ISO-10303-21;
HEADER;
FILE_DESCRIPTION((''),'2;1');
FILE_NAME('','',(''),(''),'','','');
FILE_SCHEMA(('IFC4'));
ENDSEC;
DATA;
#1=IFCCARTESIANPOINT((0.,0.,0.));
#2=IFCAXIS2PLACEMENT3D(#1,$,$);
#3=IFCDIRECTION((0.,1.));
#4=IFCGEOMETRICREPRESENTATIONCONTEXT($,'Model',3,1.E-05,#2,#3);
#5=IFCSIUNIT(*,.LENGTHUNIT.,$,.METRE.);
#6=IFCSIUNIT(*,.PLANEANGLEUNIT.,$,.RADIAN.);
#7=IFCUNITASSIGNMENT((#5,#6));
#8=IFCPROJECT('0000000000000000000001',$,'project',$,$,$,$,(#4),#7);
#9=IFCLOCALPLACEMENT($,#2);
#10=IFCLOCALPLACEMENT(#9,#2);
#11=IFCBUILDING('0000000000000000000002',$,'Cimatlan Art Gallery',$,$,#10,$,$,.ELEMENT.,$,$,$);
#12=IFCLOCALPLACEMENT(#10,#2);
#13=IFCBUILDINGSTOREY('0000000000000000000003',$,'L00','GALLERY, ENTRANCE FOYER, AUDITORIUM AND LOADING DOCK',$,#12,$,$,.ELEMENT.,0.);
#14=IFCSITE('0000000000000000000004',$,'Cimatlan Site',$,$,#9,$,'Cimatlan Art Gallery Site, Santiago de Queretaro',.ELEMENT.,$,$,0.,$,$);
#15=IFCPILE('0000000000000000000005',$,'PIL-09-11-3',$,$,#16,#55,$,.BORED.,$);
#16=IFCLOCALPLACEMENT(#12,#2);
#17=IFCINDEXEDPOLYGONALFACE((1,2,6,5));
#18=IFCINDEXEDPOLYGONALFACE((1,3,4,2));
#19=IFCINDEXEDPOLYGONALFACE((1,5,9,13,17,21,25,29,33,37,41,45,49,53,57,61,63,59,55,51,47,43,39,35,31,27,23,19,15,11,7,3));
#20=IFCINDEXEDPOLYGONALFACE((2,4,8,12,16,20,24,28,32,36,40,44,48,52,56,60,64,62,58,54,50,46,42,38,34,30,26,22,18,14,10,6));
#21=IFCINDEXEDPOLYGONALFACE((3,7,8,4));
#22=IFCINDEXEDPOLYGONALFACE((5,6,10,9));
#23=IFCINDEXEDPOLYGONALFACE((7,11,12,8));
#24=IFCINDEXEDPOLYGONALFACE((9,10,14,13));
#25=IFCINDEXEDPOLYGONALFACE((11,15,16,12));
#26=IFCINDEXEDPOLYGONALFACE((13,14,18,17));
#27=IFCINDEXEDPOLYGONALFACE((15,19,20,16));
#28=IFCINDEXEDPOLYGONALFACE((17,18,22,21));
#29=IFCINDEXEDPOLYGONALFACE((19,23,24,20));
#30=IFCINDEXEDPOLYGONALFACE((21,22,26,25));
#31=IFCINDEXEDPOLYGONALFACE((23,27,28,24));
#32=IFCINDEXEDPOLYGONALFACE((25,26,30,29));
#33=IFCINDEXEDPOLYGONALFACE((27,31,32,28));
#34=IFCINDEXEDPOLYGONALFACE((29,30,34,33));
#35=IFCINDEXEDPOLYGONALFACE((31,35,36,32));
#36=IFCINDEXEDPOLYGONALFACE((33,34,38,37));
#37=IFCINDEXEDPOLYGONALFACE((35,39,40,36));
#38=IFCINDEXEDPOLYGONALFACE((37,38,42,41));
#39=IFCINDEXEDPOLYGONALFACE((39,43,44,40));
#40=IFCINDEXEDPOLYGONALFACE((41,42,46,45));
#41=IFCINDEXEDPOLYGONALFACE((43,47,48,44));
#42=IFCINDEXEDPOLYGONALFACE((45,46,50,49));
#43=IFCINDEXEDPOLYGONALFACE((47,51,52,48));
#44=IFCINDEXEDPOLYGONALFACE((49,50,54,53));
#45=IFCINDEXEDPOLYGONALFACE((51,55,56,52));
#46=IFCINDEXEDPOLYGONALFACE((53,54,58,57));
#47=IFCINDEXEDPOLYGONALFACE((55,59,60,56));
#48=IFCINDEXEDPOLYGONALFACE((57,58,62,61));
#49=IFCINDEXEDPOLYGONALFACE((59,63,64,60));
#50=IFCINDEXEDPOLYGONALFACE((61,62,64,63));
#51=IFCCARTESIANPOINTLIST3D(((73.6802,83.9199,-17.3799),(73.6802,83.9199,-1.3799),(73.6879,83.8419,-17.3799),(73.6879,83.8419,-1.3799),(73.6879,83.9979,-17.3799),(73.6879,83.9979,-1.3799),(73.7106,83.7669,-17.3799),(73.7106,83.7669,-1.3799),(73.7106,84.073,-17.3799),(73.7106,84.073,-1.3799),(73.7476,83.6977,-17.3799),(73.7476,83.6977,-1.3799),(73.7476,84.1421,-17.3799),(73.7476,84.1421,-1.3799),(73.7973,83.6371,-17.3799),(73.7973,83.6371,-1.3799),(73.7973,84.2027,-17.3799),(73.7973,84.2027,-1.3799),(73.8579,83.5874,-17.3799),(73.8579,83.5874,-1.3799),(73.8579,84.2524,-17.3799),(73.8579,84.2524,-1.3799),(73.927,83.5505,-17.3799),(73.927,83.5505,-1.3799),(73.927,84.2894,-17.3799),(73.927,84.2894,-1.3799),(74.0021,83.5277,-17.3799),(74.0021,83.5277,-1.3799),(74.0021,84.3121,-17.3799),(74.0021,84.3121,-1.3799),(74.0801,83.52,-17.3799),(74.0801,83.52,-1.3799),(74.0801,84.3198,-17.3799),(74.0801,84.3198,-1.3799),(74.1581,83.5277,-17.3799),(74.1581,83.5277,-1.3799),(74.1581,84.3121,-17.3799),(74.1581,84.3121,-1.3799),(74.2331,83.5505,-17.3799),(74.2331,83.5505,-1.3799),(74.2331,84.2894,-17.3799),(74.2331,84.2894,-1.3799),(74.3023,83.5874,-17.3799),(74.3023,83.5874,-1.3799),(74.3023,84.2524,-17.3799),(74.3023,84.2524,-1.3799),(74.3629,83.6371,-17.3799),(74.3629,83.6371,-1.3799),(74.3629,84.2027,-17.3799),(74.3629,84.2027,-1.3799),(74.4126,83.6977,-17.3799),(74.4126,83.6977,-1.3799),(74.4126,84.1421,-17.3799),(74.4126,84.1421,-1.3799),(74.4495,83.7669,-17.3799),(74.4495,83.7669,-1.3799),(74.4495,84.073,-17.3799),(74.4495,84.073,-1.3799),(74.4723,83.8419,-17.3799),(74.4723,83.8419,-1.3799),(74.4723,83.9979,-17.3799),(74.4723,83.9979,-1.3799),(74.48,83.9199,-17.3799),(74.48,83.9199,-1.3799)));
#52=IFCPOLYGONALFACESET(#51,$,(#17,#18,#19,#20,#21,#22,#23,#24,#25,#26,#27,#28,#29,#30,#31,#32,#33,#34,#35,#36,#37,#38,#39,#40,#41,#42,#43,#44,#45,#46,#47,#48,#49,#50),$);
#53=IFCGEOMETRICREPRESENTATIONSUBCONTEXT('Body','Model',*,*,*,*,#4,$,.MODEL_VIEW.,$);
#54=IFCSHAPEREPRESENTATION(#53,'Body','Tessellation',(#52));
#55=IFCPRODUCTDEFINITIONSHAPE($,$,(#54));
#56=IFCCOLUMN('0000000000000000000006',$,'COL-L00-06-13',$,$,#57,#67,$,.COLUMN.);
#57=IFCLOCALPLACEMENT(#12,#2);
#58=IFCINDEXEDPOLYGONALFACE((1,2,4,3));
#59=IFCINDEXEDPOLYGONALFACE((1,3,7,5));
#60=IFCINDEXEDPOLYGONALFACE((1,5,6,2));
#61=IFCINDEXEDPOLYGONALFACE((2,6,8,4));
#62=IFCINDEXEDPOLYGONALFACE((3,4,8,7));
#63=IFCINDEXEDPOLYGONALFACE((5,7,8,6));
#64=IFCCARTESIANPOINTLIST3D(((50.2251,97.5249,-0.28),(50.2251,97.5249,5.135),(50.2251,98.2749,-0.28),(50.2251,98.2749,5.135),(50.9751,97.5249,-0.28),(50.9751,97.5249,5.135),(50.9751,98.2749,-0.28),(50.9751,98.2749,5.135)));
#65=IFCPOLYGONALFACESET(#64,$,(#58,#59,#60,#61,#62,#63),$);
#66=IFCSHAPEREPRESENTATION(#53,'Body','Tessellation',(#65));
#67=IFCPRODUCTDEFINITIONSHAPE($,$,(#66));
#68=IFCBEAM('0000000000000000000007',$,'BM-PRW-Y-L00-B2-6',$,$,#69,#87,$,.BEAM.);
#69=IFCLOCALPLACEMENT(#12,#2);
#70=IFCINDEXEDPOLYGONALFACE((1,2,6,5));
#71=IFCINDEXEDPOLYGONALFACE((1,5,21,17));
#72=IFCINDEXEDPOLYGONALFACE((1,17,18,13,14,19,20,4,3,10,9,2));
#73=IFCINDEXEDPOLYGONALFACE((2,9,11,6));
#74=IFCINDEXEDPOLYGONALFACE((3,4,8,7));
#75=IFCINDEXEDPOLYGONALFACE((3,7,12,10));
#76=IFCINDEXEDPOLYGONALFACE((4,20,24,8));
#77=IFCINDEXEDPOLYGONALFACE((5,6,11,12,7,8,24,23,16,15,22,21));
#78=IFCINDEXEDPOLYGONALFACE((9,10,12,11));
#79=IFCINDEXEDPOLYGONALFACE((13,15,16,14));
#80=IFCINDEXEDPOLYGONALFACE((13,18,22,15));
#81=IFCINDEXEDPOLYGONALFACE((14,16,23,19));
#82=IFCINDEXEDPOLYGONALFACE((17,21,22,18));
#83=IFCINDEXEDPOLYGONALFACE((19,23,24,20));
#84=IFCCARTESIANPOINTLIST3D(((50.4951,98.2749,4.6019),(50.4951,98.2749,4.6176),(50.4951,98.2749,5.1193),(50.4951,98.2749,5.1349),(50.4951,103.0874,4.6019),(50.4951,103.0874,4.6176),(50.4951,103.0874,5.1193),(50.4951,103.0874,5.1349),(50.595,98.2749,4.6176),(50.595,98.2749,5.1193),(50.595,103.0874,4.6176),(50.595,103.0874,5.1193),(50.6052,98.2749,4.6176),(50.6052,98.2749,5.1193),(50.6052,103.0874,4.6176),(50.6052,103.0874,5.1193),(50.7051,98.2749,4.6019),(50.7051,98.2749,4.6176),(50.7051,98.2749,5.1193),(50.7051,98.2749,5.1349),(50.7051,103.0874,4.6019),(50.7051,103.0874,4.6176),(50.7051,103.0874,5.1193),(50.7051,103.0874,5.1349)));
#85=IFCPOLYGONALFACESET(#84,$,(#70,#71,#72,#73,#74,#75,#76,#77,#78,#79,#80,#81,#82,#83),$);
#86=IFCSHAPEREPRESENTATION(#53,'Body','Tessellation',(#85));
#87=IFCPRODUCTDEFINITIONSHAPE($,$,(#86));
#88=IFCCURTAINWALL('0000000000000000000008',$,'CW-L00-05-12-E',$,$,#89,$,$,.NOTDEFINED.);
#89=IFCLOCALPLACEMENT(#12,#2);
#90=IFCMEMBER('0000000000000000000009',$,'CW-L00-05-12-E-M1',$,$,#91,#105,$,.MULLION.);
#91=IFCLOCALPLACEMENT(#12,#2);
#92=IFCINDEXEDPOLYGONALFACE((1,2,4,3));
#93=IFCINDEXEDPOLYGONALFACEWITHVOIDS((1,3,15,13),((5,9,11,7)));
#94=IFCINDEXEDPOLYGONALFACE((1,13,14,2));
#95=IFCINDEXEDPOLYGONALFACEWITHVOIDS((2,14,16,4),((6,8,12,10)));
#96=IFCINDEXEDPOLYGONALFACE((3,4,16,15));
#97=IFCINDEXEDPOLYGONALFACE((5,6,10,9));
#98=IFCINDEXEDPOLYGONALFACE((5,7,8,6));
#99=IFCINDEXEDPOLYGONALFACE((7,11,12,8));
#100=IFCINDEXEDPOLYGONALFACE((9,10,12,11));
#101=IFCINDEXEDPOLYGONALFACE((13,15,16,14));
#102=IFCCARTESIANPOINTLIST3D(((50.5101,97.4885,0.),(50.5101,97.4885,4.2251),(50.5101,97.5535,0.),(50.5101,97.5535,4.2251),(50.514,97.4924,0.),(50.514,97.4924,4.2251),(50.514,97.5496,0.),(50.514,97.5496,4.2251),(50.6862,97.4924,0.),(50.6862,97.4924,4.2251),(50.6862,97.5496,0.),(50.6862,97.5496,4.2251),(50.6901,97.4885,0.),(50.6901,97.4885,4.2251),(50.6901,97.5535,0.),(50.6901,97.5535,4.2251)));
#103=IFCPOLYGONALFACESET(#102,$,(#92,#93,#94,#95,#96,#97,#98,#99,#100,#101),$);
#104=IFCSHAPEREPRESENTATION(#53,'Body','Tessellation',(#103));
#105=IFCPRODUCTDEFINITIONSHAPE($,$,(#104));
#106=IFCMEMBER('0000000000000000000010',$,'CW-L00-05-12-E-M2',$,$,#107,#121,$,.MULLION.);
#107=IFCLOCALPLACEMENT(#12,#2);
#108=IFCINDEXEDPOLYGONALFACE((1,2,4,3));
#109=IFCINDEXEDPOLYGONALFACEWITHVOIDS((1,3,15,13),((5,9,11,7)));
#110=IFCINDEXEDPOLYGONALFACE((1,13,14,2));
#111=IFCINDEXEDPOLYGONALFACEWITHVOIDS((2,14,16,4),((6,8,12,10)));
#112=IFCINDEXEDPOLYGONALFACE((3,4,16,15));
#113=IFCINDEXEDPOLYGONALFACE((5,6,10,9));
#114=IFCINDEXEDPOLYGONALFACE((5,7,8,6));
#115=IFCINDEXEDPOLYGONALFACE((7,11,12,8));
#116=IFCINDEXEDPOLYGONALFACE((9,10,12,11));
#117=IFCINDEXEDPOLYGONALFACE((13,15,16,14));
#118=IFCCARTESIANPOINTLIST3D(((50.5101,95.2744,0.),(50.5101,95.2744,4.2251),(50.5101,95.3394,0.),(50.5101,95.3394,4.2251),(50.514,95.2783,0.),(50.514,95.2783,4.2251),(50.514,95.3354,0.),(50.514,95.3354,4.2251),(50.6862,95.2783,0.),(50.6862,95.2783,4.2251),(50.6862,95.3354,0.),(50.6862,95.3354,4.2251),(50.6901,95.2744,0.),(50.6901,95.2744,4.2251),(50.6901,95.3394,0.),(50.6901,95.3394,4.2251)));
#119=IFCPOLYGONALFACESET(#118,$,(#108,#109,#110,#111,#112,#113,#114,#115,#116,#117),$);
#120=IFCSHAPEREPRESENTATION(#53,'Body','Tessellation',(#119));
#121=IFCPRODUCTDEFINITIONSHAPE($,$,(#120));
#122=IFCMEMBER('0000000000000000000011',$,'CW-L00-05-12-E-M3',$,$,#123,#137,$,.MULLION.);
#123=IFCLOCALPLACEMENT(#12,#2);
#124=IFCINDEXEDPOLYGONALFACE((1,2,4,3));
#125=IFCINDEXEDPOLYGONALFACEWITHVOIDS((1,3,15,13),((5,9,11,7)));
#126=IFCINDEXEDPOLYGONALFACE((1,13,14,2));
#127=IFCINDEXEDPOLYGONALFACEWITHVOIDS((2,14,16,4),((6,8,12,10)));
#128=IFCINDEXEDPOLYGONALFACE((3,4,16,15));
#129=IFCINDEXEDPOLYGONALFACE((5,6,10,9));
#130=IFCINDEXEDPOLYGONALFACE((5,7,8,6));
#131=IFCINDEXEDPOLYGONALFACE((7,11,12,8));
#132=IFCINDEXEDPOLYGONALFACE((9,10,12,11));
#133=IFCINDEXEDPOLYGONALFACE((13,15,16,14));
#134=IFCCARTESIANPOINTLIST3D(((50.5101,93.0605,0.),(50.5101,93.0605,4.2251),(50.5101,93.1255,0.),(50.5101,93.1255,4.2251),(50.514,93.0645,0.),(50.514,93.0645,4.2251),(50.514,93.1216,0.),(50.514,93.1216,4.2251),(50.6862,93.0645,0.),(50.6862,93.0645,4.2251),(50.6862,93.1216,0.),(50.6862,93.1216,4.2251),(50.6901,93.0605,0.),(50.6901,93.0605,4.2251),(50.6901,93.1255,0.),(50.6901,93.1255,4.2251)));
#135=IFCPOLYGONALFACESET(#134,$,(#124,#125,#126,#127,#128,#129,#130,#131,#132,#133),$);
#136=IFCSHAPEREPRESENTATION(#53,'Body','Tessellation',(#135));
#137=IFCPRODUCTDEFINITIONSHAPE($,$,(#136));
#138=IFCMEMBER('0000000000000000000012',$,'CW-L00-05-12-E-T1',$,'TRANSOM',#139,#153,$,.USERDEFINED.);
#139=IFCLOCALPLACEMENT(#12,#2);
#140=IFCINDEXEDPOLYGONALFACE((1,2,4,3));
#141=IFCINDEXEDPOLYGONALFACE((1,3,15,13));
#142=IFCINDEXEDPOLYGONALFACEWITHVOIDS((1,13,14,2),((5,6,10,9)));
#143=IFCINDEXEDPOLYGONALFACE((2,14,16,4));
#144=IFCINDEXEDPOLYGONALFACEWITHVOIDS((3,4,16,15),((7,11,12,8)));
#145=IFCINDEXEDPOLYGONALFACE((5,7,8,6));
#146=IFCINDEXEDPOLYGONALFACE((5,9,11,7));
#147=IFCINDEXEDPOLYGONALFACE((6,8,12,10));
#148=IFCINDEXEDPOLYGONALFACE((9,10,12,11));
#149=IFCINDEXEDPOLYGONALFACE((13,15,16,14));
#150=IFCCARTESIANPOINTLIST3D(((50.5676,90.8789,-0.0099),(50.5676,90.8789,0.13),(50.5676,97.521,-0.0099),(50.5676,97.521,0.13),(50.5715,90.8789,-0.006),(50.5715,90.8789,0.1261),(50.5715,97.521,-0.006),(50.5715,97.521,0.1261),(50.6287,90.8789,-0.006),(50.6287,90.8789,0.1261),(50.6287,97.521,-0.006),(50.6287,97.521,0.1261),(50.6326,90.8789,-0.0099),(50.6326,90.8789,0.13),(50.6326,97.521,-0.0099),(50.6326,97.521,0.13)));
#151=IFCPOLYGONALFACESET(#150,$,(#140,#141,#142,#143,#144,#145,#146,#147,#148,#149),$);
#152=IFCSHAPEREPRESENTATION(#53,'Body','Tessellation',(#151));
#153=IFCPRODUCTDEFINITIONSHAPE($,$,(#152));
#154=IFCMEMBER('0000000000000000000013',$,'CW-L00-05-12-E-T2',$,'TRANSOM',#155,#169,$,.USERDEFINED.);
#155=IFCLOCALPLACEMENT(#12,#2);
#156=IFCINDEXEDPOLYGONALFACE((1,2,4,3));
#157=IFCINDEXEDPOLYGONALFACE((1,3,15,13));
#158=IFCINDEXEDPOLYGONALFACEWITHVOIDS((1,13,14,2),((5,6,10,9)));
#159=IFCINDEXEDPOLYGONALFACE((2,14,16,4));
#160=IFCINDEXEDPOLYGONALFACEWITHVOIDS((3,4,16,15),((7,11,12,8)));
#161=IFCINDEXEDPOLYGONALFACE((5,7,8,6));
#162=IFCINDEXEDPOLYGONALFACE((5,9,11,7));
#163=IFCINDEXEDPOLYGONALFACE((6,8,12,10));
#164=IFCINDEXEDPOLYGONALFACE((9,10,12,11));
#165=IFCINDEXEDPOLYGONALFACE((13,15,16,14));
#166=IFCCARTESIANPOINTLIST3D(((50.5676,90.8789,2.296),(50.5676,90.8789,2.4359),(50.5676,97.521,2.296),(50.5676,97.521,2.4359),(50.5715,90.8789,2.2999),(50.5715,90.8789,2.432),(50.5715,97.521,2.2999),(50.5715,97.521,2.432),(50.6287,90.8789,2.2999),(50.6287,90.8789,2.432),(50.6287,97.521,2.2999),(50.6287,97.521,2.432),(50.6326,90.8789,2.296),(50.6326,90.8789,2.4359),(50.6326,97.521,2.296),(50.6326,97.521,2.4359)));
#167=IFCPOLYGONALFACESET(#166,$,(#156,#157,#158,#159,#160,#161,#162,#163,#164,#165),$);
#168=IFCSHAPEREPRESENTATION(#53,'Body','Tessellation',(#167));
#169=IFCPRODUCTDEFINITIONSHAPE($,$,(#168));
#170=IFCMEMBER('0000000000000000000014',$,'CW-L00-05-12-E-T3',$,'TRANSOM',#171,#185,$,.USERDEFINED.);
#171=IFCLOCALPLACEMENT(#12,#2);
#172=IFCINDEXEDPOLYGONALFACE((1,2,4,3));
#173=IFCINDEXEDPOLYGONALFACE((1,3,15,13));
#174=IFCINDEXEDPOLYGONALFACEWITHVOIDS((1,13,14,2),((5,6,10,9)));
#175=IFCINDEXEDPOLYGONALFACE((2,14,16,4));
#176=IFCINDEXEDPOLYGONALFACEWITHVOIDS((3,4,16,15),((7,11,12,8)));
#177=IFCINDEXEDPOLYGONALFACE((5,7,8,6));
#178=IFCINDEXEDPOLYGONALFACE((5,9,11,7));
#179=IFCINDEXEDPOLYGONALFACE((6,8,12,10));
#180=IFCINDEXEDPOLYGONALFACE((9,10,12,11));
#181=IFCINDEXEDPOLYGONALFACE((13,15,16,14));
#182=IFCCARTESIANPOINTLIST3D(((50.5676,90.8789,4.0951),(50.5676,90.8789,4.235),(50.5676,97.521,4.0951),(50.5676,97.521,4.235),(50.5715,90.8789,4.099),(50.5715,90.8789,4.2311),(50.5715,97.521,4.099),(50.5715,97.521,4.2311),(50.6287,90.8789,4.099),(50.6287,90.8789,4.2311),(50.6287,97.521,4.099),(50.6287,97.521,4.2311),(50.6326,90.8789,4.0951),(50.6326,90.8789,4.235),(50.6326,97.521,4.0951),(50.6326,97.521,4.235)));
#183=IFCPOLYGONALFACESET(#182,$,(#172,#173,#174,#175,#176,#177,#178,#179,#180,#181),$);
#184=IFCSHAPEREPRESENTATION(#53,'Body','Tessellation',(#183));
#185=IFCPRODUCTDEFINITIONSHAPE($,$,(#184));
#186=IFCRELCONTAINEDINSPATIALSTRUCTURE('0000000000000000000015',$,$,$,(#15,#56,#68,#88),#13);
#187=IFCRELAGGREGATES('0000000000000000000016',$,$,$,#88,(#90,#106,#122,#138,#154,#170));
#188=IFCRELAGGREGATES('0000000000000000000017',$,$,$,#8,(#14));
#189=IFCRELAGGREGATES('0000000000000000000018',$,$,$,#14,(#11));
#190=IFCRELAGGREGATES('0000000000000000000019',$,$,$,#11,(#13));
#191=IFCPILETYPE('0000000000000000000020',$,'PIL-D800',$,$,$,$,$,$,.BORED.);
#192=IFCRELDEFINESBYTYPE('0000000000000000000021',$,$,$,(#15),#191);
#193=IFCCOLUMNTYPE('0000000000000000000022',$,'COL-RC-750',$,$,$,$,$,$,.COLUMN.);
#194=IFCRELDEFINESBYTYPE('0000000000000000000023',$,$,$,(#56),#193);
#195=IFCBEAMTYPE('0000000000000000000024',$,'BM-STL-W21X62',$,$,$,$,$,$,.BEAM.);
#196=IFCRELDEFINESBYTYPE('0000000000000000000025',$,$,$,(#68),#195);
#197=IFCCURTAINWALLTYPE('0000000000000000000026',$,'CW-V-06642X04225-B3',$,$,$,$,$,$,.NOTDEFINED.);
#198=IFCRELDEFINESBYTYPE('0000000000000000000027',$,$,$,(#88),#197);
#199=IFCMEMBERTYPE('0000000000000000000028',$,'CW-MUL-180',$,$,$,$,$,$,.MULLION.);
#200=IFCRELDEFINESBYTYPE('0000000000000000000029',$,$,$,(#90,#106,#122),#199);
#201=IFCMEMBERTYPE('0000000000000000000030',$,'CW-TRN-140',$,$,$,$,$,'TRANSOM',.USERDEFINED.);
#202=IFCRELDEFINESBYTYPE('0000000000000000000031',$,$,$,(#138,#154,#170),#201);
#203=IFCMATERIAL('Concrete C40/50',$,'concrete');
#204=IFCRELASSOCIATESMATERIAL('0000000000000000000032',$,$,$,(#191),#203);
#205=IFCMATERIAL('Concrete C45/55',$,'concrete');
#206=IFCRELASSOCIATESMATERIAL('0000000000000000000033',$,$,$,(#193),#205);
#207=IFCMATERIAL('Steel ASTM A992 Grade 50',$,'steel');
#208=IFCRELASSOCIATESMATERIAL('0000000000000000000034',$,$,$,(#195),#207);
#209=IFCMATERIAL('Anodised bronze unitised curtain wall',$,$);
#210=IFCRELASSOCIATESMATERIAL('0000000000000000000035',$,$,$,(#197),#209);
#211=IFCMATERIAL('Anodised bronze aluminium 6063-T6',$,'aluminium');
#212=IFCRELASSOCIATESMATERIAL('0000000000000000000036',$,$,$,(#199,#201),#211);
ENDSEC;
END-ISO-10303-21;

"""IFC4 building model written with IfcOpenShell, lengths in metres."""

from ifc_helpers import new_model, si_unit, direction, frame, origin, origin_2d, place, context, subcontext, project, spatial, rectangle, hollow_rectangle, circle, i_section, extrude, material, material_profile, profile_set, type_object, element, aggregate, save


model = new_model("IFC4")

# Units and contexts
model_context = context("Model", 3, precision=1e-05, world=origin(), true_north=direction((0.0, 1.0)))
body_context = subcontext(model_context, "Body", "Model", "MODEL_VIEW")
ifc_project = project(units=[si_unit("LENGTHUNIT", "METRE"), si_unit("PLANEANGLEUNIT", "RADIAN")], contexts=[model_context])

# Site, building, storey
site_placement = place(None, origin())
site = spatial("IfcSite", under=ifc_project, at=site_placement, Name="Cimatlan Site", LongName="Cimatlan Art Gallery Site, Santiago de Queretaro", CompositionType="ELEMENT", RefElevation=0.0)
building_placement = place(site_placement, origin())
building = spatial("IfcBuilding", under=site, at=building_placement, Name="Cimatlan Art Gallery", CompositionType="ELEMENT")
storey_placement = place(building_placement, origin())
storey = spatial("IfcBuildingStorey", under=building, at=storey_placement, Name="L00", Description="GALLERY, ENTRANCE FOYER, AUDITORIUM AND LOADING DOCK", CompositionType="ELEMENT", Elevation=0.0)

# Shared definitions
ifc_material_1 = material(Name="Concrete C40/50", Category="concrete")

# Pile
pile_type_1 = type_object("IfcPileType", Name="PIL-D800", PredefinedType="BORED", material=ifc_material_1)
for number, where, z_axis, x_axis, name in (
    (1, (74.0801, 83.9199, -1.3799), (0.0, 0.0, -1.0), (1.0, 0.0, 0.0), "PIL-09-11-3"),
):
    element("IfcPile", number, at=place(storey_placement, frame(where, z_axis=z_axis, x_axis=x_axis)), inside=storey, type_object=pile_type_1, Name=name, PredefinedType="BORED", context=body_context, shape_type="SweptSolid", body=[
        extrude(circle(Radius=0.3999, at=origin_2d()), origin(), (0.0, 0.0, 1.0), 16.0),
    ])

# Column
ifc_material_2 = material(Name="Concrete C45/55", Category="concrete")
ifc_material_profile_1 = material_profile(ifc_material_2, rectangle(XDim=0.75, YDim=0.75, at=origin_2d()), Name="RC750X750")
ifc_profile_set_1 = profile_set([ifc_material_profile_1], Name="Concrete C45/55")
column_type = type_object("IfcColumnType", Name="COL-RC-750", PredefinedType="COLUMN", material=ifc_profile_set_1)
column_placement = place(storey_placement, frame((50.6001, 97.8999, -0.28), z_axis=(0.0, 0.0, 1.0), x_axis=(1.0, 0.0, 0.0)))
element("IfcColumn", 2, at=column_placement, inside=storey, type_object=column_type, Name="COL-L00-06-13", PredefinedType="COLUMN", context=body_context, shape_type="SweptSolid", body=[
    extrude(rectangle(XDim=0.75, YDim=0.75, at=origin_2d()), origin(), (0.0, 0.0, 1.0), 5.415),
])

# Beam
ifc_material_3 = material(Name="Steel ASTM A992 Grade 50", Category="steel")
ifc_material_profile_2 = material_profile(ifc_material_3, i_section(OverallWidth=0.21, OverallDepth=0.533, WebThickness=0.0103, FlangeThickness=0.0156, at=origin_2d()), Name="W21X62")
ifc_profile_set_2 = profile_set([ifc_material_profile_2], Name="Steel ASTM A992 Grade 50")
beam_type = type_object("IfcBeamType", Name="BM-STL-W21X62", PredefinedType="BEAM", material=ifc_profile_set_2)
beam_placement = place(storey_placement, frame((50.6001, 98.2749, 4.8684), z_axis=(0.0, 1.0, 0.0), x_axis=(-1.0, 0.0, 0.0)))
element("IfcBeam", 3, at=beam_placement, inside=storey, type_object=beam_type, Name="BM-PRW-Y-L00-B2-6", PredefinedType="BEAM", context=body_context, shape_type="SweptSolid", body=[
    extrude(i_section(OverallWidth=0.21, OverallDepth=0.533, WebThickness=0.0103, FlangeThickness=0.0156, at=origin_2d()), origin(), (0.0, 0.0, 1.0), 4.8125),
])

# Curtain wall, members
ifc_material_4 = material(Name="Anodised bronze unitised curtain wall")
curtain_wall_type = type_object("IfcCurtainWallType", Name="CW-V-06642X04225-B3", PredefinedType="NOTDEFINED", material=ifc_material_4)
curtain_wall_placement = place(storey_placement, origin())
curtain_wall = element("IfcCurtainWall", 4, at=curtain_wall_placement, inside=storey, type_object=curtain_wall_type, Name="CW-L00-05-12-E", PredefinedType="NOTDEFINED")
ifc_material_5 = material(Name="Anodised bronze aluminium 6063-T6", Category="aluminium")
ifc_material_profile_3 = material_profile(ifc_material_5, hollow_rectangle(XDim=0.0649, YDim=0.1799, WallThickness=0.0039, at=origin_2d()), Name="ALU65X180X4")
ifc_profile_set_3 = profile_set([ifc_material_profile_3], Name="Anodised bronze aluminium 6063-T6")
member_type_1 = type_object("IfcMemberType", Name="CW-MUL-180", PredefinedType="MULLION", material=ifc_profile_set_3)
member_1_placement = place(storey_placement, frame((50.6001, 97.521, 0.0), z_axis=(0.0, 0.0, 1.0), x_axis=(0.0, 1.0, 0.0)))
member_1 = element("IfcMember", 5, at=member_1_placement, type_object=member_type_1, Name="CW-L00-05-12-E-M1", PredefinedType="MULLION", context=body_context, shape_type="SweptSolid", body=[
    extrude(hollow_rectangle(XDim=0.0649, YDim=0.1799, WallThickness=0.0039, at=origin_2d()), origin(), (0.0, 0.0, 1.0), 4.2251),
])
member_2_placement = place(storey_placement, frame((50.6001, 95.3069, 0.0), z_axis=(0.0, 0.0, 1.0), x_axis=(0.0, 1.0, 0.0)))
member_2 = element("IfcMember", 6, at=member_2_placement, type_object=member_type_1, Name="CW-L00-05-12-E-M2", PredefinedType="MULLION", context=body_context, shape_type="SweptSolid", body=[
    extrude(hollow_rectangle(XDim=0.0649, YDim=0.1799, WallThickness=0.0039, at=origin_2d()), origin(), (0.0, 0.0, 1.0), 4.2251),
])
member_3_placement = place(storey_placement, frame((50.6001, 93.093, 0.0), z_axis=(0.0, 0.0, 1.0), x_axis=(0.0, 1.0, 0.0)))
member_3 = element("IfcMember", 7, at=member_3_placement, type_object=member_type_1, Name="CW-L00-05-12-E-M3", PredefinedType="MULLION", context=body_context, shape_type="SweptSolid", body=[
    extrude(hollow_rectangle(XDim=0.0649, YDim=0.1799, WallThickness=0.0039, at=origin_2d()), origin(), (0.0, 0.0, 1.0), 4.2251),
])
ifc_material_profile_4 = material_profile(ifc_material_5, hollow_rectangle(XDim=0.0649, YDim=0.1399, WallThickness=0.0039, at=origin_2d()), Name="ALU65X140X4")
ifc_profile_set_4 = profile_set([ifc_material_profile_4], Name="Anodised bronze aluminium 6063-T6")
member_type_2 = type_object("IfcMemberType", Name="CW-TRN-140", ElementType="TRANSOM", PredefinedType="USERDEFINED", material=ifc_profile_set_4)
member_4_placement = place(storey_placement, frame((50.6001, 97.521, 0.0601), z_axis=(0.0, -1.0, 0.0), x_axis=(1.0, 0.0, 0.0)))
member_4 = element("IfcMember", 8, at=member_4_placement, type_object=member_type_2, Name="CW-L00-05-12-E-T1", ObjectType="TRANSOM", PredefinedType="USERDEFINED", context=body_context, shape_type="SweptSolid", body=[
    extrude(hollow_rectangle(XDim=0.0649, YDim=0.1399, WallThickness=0.0039, at=origin_2d()), origin(), (0.0, 0.0, 1.0), 6.6421),
])
member_5_placement = place(storey_placement, frame((50.6001, 97.521, 2.366), z_axis=(0.0, -1.0, 0.0), x_axis=(1.0, 0.0, 0.0)))
member_5 = element("IfcMember", 9, at=member_5_placement, type_object=member_type_2, Name="CW-L00-05-12-E-T2", ObjectType="TRANSOM", PredefinedType="USERDEFINED", context=body_context, shape_type="SweptSolid", body=[
    extrude(hollow_rectangle(XDim=0.0649, YDim=0.1399, WallThickness=0.0039, at=origin_2d()), origin(), (0.0, 0.0, 1.0), 6.6421),
])
member_6_placement = place(storey_placement, frame((50.6001, 97.521, 4.165), z_axis=(0.0, -1.0, 0.0), x_axis=(1.0, 0.0, 0.0)))
member_6 = element("IfcMember", 10, at=member_6_placement, type_object=member_type_2, Name="CW-L00-05-12-E-T3", ObjectType="TRANSOM", PredefinedType="USERDEFINED", context=body_context, shape_type="SweptSolid", body=[
    extrude(hollow_rectangle(XDim=0.0649, YDim=0.1399, WallThickness=0.0039, at=origin_2d()), origin(), (0.0, 0.0, 1.0), 6.6421),
])

aggregate(curtain_wall, [member_1, member_2, member_3, member_4, member_5, member_6])

save(model, "model.ifc")
